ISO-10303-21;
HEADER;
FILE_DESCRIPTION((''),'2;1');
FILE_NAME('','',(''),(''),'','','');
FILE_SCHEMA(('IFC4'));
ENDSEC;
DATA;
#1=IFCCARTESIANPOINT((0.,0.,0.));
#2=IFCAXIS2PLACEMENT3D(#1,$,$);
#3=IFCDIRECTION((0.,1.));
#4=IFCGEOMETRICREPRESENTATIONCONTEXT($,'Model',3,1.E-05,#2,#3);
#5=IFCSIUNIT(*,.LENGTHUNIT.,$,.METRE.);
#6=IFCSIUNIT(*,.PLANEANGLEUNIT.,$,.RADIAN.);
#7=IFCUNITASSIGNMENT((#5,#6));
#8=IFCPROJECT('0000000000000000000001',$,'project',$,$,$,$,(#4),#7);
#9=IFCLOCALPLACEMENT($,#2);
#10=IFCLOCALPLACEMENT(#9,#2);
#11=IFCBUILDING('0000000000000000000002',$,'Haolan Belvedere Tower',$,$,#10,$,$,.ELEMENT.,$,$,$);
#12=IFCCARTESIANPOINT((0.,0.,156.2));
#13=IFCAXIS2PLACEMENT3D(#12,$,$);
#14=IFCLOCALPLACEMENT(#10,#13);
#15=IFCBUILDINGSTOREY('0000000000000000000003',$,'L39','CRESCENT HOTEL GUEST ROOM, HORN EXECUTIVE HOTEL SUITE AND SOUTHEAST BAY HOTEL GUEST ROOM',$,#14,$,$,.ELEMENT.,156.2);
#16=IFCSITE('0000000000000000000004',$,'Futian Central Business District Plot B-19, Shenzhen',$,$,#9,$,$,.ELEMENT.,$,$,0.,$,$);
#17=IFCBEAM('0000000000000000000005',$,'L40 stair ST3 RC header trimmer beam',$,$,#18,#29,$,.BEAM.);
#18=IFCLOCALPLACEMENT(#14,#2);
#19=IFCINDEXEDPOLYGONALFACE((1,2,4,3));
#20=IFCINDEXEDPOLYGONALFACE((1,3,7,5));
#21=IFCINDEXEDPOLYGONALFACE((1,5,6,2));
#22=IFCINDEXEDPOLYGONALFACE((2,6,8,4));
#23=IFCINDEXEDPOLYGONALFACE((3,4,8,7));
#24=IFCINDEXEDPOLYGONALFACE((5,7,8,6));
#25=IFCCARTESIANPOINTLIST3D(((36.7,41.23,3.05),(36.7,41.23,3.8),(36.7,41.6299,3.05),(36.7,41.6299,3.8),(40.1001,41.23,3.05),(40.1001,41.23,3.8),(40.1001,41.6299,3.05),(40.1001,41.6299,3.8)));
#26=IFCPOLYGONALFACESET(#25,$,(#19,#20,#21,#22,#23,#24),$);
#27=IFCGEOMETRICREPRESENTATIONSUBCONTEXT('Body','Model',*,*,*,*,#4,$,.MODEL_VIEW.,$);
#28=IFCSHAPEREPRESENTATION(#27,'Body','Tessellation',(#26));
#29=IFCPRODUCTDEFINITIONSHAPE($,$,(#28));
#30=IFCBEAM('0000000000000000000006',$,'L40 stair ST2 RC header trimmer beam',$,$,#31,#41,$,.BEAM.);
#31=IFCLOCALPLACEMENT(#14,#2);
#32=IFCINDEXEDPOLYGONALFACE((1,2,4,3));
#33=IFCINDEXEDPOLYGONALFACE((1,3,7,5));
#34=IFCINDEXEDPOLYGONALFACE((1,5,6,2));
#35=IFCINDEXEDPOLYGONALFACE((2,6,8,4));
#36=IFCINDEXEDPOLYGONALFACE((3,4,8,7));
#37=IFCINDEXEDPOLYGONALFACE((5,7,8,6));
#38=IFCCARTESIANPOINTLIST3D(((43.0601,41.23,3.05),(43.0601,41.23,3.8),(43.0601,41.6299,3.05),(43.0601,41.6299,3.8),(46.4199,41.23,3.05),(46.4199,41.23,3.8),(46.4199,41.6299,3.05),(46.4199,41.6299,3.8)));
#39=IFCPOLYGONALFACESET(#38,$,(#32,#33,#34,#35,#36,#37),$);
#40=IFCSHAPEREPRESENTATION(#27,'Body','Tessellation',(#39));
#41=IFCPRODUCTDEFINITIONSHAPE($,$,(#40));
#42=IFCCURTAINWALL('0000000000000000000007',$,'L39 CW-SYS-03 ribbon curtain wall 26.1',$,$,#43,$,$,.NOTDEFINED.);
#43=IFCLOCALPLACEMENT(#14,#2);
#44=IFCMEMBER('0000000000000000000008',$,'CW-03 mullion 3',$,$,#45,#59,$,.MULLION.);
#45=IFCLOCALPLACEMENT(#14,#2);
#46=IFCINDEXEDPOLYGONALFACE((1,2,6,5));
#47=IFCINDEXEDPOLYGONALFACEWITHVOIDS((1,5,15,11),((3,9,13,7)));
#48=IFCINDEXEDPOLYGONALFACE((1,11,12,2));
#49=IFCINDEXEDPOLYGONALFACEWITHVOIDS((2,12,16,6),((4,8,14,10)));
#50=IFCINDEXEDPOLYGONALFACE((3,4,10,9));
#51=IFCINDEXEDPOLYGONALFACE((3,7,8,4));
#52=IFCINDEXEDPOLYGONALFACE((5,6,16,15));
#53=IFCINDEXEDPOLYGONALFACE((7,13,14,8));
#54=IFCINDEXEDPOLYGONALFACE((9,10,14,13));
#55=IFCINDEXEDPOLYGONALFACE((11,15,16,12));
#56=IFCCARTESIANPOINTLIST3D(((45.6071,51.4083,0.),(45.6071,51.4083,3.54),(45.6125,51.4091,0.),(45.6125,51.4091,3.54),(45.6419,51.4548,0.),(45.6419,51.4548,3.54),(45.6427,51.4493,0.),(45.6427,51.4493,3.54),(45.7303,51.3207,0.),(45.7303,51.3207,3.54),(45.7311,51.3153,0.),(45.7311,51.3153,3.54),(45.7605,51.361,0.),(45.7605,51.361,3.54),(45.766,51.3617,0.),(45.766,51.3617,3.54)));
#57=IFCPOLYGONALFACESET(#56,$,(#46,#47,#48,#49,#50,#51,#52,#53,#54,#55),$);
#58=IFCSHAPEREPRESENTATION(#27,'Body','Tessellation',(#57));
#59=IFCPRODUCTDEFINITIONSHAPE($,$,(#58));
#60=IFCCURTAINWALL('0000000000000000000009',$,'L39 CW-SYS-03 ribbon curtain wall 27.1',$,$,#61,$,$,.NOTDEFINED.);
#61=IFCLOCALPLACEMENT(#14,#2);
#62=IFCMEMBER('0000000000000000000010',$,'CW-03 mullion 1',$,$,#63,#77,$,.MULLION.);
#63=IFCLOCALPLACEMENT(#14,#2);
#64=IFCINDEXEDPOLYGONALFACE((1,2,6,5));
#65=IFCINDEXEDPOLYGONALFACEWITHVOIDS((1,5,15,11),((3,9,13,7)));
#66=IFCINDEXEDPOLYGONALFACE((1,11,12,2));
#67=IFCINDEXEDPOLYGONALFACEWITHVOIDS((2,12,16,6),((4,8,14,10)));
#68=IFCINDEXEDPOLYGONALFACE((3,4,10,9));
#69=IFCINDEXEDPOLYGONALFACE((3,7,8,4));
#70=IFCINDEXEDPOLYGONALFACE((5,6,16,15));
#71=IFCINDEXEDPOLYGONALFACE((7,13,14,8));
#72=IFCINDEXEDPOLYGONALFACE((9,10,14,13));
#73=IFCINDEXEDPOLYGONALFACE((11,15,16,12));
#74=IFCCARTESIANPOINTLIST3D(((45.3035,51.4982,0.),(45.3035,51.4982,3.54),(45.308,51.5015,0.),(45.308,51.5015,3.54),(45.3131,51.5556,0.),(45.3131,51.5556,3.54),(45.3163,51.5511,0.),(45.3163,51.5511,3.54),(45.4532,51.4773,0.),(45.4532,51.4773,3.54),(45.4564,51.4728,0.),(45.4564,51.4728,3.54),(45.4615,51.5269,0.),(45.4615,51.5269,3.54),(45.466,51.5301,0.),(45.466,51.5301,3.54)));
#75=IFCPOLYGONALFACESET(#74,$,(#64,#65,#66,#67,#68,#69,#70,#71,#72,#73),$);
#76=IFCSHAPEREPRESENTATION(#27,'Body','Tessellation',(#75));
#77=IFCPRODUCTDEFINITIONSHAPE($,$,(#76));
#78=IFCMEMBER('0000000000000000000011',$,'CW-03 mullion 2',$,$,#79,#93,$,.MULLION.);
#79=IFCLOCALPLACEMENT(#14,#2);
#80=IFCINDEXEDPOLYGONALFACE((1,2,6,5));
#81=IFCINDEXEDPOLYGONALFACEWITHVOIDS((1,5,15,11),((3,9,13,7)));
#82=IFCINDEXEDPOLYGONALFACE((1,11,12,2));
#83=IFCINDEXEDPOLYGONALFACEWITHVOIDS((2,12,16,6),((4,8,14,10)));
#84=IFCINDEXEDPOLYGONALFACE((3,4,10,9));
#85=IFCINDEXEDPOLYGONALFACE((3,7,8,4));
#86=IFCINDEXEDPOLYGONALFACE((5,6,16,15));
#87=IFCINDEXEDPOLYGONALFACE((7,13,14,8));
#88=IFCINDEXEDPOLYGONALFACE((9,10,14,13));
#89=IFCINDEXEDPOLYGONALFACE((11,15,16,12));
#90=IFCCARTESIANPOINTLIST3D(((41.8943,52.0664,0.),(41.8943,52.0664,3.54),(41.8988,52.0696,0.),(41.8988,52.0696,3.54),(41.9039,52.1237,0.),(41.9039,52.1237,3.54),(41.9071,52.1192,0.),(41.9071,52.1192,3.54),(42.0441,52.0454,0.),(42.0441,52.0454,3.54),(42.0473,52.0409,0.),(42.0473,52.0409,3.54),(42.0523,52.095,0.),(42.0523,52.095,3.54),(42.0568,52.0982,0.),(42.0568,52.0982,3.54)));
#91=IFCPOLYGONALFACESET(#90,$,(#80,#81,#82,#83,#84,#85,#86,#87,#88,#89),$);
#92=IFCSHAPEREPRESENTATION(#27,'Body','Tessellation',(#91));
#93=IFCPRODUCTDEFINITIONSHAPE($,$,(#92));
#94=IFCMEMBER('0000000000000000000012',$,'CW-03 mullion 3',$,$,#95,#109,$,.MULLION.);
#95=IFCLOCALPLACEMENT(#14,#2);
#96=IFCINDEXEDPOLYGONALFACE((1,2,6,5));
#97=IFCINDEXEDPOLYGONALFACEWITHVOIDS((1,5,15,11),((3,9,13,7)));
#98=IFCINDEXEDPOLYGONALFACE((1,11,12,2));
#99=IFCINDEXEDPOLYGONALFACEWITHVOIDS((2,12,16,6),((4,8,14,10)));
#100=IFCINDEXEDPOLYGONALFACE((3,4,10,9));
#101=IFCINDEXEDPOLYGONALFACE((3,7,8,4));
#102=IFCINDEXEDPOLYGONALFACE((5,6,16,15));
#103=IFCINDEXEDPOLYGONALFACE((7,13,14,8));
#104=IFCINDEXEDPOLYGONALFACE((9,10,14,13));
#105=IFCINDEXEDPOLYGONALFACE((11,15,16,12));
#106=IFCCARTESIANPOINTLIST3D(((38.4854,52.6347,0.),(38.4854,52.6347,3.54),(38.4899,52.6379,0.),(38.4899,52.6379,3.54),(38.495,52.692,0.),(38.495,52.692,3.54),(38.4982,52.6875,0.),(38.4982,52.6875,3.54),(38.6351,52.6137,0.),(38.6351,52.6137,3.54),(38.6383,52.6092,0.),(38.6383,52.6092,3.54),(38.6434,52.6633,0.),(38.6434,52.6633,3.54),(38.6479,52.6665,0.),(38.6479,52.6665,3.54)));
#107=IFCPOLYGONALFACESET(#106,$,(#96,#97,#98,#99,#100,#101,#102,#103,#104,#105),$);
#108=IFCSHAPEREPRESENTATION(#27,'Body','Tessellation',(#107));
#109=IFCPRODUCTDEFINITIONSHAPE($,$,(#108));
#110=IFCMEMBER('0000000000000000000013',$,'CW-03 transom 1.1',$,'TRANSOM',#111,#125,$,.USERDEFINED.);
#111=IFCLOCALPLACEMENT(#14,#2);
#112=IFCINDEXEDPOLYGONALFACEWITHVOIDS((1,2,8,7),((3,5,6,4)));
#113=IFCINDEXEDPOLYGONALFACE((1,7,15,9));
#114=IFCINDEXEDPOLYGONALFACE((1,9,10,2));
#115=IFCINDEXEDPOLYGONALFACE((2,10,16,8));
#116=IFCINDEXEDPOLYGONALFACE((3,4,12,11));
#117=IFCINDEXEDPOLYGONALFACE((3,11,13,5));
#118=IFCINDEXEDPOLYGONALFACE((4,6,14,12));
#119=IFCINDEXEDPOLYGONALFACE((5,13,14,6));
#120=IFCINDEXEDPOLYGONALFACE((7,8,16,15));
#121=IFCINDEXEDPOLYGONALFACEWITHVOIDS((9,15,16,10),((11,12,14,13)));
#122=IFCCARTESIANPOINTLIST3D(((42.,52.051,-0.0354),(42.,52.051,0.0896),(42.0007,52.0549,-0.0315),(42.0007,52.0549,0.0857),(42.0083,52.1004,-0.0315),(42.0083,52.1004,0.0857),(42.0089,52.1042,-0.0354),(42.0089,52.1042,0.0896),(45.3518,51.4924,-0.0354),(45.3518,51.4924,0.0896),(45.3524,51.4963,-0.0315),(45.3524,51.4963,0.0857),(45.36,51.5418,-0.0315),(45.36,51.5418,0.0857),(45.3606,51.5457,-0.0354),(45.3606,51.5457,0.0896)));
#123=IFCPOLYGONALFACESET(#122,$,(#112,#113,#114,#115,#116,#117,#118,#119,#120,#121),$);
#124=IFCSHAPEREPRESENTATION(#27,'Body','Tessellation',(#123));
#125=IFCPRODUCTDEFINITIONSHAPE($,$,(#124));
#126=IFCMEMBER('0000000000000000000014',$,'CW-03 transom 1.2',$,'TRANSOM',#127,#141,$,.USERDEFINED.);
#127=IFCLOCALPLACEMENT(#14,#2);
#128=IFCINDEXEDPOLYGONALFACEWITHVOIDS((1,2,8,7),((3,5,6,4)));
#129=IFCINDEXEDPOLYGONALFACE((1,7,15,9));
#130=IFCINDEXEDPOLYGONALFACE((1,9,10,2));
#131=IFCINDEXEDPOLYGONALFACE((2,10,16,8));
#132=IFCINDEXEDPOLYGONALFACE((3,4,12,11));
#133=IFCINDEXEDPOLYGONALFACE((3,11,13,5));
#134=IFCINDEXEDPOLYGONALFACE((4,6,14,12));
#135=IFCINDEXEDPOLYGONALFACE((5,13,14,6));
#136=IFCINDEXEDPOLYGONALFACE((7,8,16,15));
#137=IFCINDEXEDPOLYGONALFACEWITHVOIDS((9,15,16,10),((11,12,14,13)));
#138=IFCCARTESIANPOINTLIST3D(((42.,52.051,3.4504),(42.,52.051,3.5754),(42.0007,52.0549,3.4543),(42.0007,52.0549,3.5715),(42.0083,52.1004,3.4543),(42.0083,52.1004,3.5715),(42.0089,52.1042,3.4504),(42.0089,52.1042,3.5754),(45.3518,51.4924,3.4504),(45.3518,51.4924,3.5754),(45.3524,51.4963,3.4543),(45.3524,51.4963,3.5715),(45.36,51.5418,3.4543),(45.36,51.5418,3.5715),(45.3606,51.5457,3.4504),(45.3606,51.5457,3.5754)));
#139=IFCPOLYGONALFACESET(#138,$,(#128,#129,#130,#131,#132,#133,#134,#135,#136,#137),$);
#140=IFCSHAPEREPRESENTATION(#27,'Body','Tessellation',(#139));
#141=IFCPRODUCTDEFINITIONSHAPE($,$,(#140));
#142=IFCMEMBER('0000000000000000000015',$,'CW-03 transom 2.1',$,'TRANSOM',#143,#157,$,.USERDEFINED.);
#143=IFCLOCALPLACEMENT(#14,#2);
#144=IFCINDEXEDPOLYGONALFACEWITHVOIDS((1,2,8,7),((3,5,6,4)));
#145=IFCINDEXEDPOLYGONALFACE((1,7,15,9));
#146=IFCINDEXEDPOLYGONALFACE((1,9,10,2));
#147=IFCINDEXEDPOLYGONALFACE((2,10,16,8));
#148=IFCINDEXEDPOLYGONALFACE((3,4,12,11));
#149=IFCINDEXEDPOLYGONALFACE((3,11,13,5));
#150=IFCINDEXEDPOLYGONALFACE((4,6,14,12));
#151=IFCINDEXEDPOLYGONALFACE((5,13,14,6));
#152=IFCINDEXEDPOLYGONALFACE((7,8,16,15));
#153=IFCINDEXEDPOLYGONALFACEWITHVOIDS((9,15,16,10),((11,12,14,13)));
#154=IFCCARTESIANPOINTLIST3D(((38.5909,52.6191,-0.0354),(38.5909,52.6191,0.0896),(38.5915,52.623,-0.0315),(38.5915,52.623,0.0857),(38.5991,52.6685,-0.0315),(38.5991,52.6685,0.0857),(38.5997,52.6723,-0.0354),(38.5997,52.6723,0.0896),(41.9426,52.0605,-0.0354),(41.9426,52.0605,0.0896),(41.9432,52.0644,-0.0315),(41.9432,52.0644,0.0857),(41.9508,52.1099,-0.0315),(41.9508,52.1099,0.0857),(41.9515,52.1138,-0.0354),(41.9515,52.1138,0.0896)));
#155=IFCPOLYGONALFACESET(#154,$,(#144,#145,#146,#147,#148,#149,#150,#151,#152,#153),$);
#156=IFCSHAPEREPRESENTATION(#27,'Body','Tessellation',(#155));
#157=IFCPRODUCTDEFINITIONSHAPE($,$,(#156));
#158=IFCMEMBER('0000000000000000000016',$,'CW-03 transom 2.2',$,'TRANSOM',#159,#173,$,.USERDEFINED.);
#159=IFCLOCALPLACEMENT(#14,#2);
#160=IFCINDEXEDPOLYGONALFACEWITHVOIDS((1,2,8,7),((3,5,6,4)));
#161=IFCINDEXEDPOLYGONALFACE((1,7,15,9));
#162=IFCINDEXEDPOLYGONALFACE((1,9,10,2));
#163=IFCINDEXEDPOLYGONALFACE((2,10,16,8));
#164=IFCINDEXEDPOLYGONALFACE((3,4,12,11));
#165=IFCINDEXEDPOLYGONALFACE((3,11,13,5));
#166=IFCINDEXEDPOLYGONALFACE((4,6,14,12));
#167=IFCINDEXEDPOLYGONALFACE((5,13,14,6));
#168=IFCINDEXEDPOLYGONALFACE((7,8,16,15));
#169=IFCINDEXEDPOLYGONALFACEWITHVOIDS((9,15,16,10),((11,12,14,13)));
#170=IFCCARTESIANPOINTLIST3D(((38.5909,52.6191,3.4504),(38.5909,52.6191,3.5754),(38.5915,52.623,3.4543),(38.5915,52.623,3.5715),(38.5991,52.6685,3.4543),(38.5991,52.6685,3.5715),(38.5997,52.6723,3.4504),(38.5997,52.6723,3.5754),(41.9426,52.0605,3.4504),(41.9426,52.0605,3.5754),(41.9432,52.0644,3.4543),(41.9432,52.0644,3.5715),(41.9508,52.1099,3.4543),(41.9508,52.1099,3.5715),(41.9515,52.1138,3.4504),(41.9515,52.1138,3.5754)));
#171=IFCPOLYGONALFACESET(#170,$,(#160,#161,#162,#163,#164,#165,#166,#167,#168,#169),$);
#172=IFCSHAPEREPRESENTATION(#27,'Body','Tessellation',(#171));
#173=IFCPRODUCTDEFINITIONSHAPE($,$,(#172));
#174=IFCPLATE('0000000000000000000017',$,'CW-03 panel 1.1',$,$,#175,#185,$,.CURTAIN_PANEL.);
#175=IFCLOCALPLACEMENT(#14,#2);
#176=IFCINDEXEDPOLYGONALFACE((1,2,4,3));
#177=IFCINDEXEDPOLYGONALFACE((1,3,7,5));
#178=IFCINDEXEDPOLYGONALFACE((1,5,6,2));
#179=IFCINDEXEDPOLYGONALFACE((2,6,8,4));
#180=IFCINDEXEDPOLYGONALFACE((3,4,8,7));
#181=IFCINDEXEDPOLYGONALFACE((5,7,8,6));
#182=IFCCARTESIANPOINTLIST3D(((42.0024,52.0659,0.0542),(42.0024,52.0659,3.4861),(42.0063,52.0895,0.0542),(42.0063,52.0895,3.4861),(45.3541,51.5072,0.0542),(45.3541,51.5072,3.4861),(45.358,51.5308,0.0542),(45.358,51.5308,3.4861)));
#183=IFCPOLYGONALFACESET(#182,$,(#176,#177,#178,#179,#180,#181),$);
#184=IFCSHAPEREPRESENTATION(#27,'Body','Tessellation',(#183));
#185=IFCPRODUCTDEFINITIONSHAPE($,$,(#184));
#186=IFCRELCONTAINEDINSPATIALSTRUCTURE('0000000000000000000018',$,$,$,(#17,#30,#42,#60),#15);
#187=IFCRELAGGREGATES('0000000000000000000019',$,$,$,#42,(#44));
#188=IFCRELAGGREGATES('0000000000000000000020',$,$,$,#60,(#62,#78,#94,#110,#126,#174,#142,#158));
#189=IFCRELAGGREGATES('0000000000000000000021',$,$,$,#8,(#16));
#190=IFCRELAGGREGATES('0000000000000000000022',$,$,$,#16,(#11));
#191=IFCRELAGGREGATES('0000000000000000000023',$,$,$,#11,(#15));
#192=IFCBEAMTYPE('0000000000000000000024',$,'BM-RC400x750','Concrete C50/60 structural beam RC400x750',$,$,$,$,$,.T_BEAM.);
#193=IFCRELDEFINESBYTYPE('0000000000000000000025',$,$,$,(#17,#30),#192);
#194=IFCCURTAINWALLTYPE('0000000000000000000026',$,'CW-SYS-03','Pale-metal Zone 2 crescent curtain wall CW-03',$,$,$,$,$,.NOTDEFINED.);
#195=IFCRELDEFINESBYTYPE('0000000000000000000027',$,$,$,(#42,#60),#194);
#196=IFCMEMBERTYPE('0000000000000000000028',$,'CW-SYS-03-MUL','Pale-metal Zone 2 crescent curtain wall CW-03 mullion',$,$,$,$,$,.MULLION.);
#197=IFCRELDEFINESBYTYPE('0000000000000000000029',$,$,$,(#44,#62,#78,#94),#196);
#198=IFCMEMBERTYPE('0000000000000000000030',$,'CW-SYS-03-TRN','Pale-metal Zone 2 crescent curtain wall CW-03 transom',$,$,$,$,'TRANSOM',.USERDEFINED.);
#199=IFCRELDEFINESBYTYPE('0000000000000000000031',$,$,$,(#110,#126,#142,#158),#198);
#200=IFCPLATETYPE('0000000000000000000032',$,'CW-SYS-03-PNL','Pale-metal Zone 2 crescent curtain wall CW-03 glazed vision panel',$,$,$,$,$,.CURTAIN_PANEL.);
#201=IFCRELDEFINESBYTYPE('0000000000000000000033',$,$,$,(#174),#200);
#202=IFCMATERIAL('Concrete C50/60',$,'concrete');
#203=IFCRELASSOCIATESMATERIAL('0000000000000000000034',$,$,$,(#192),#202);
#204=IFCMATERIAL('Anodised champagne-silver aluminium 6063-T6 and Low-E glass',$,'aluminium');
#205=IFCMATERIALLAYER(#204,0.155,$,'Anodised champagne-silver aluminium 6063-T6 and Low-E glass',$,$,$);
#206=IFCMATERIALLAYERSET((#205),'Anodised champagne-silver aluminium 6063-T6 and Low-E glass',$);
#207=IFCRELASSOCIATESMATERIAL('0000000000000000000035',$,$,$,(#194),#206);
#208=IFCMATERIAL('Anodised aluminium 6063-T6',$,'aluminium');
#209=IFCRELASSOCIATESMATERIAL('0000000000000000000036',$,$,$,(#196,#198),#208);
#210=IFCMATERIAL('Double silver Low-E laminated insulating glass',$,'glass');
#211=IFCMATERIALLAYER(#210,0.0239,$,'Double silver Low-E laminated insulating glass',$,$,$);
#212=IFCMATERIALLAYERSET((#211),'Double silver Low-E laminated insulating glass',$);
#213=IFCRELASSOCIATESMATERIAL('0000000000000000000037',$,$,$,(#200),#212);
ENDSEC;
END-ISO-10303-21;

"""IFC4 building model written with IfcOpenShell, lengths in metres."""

from ifc_helpers import new_model, si_unit, direction, frame, origin, origin_2d, place, context, subcontext, project, spatial, rectangle, hollow_rectangle, extrude, material, layer, layer_set, material_profile, profile_set, type_object, element, aggregate, save


model = new_model("IFC4")

# Units and contexts
model_context = context("Model", 3, precision=1e-05, world=origin(), true_north=direction((0.0, 1.0)))
body_context = subcontext(model_context, "Body", "Model", "MODEL_VIEW")
ifc_project = project(units=[si_unit("LENGTHUNIT", "METRE"), si_unit("PLANEANGLEUNIT", "RADIAN")], contexts=[model_context])

# Site, building, storey
site_placement = place(None, origin())
site = spatial("IfcSite", under=ifc_project, at=site_placement, Name="Futian Central Business District Plot B-19, Shenzhen", CompositionType="ELEMENT", RefElevation=0.0)
building_placement = place(site_placement, origin())
building = spatial("IfcBuilding", under=site, at=building_placement, Name="Haolan Belvedere Tower", CompositionType="ELEMENT")
storey_placement = place(building_placement, frame((0.0, 0.0, 156.2)))
storey = spatial("IfcBuildingStorey", under=building, at=storey_placement, Name="L39", Description="CRESCENT HOTEL GUEST ROOM, HORN EXECUTIVE HOTEL SUITE AND SOUTHEAST BAY HOTEL GUEST ROOM", CompositionType="ELEMENT", Elevation=156.2)

# Beams
ifc_material_1 = material(Name="Concrete C50/60", Category="concrete")
ifc_material_profile_1 = material_profile(ifc_material_1, rectangle(XDim=0.3999, YDim=0.75, at=origin_2d()), Name="Concrete C50/60")
ifc_profile_set_1 = profile_set([ifc_material_profile_1], Name="Concrete C50/60")
beam_type_1 = type_object("IfcBeamType", Name="BM-RC400x750", Description="Concrete C50/60 structural beam RC400x750", PredefinedType="T_BEAM", material=ifc_profile_set_1)
beam_1_placement = place(storey_placement, frame((36.7, 41.4299, 3.425), z_axis=(1.0, 0.0, 0.0), x_axis=(0.0, 1.0, 0.0)))
element("IfcBeam", 1, at=beam_1_placement, inside=storey, type_object=beam_type_1, Name="L40 stair ST3 RC header trimmer beam", PredefinedType="BEAM", context=body_context, shape_type="SweptSolid", body=[
    extrude(rectangle(XDim=0.3999, YDim=0.75, at=origin_2d()), origin(), (0.0, 0.0, 1.0), 3.4001),
])
beam_2_placement = place(storey_placement, frame((43.0601, 41.4299, 3.425), z_axis=(1.0, 0.0, 0.0), x_axis=(0.0, 1.0, 0.0)))
element("IfcBeam", 2, at=beam_2_placement, inside=storey, type_object=beam_type_1, Name="L40 stair ST2 RC header trimmer beam", PredefinedType="BEAM", context=body_context, shape_type="SweptSolid", body=[
    extrude(rectangle(XDim=0.3999, YDim=0.75, at=origin_2d()), origin(), (0.0, 0.0, 1.0), 3.3599),
])

# Curtain wall, member
ifc_material_2 = material(Name="Anodised champagne-silver aluminium 6063-T6 and Low-E glass", Category="aluminium")
ifc_layer_1 = layer(ifc_material_2, 0.155, Name="Anodised champagne-silver aluminium 6063-T6 and Low-E glass")
ifc_layer_set_1 = layer_set([ifc_layer_1], Name="Anodised champagne-silver aluminium 6063-T6 and Low-E glass")
curtain_wall_type = type_object("IfcCurtainWallType", Name="CW-SYS-03", Description="Pale-metal Zone 2 crescent curtain wall CW-03", PredefinedType="NOTDEFINED", material=ifc_layer_set_1)
curtain_wall_1_placement = place(storey_placement, origin())
curtain_wall_1 = element("IfcCurtainWall", 3, at=curtain_wall_1_placement, inside=storey, type_object=curtain_wall_type, Name="L39 CW-SYS-03 ribbon curtain wall 26.1", PredefinedType="NOTDEFINED")
ifc_material_3 = material(Name="Anodised aluminium 6063-T6", Category="aluminium")
ifc_material_profile_2 = material_profile(ifc_material_3, hollow_rectangle(XDim=0.0581, YDim=0.155, WallThickness=0.0039, at=origin_2d()), Name="Anodised aluminium 6063-T6")
ifc_profile_set_2 = profile_set([ifc_material_profile_2], Name="Anodised aluminium 6063-T6")
member_type_1 = type_object("IfcMemberType", Name="CW-SYS-03-MUL", Description="Pale-metal Zone 2 crescent curtain wall CW-03 mullion", PredefinedType="MULLION", material=ifc_profile_set_2)
member_1_placement = place(storey_placement, frame((45.6865, 51.385, 0.0), z_axis=(0.0, 0.0, 1.0), x_axis=(-0.599994, -0.800004, 0.0)))
member_1 = element("IfcMember", 4, at=member_1_placement, type_object=member_type_1, Name="CW-03 mullion 3", PredefinedType="MULLION", context=body_context, shape_type="SweptSolid", body=[
    extrude(hollow_rectangle(XDim=0.0581, YDim=0.155, WallThickness=0.0039, at=origin_2d()), origin(), (0.0, 0.0, 1.0), 3.54),
])
aggregate(curtain_wall_1, [member_1])

# Curtain wall, members, plate
curtain_wall_2_placement = place(storey_placement, origin())
curtain_wall_2 = element("IfcCurtainWall", 5, at=curtain_wall_2_placement, inside=storey, type_object=curtain_wall_type, Name="L39 CW-SYS-03 ribbon curtain wall 27.1", PredefinedType="NOTDEFINED")
member_2_placement = place(storey_placement, frame((45.3848, 51.5142, 0.0), z_axis=(0.0, 0.0, 1.0), x_axis=(-0.164404, -0.986393, 0.0)))
member_2 = element("IfcMember", 6, at=member_2_placement, type_object=member_type_1, Name="CW-03 mullion 1", PredefinedType="MULLION", context=body_context, shape_type="SweptSolid", body=[
    extrude(hollow_rectangle(XDim=0.0581, YDim=0.155, WallThickness=0.0039, at=origin_2d()), origin(), (0.0, 0.0, 1.0), 3.54),
])
member_3_placement = place(storey_placement, frame((41.9756, 52.0823, 0.0), z_axis=(0.0, 0.0, 1.0), x_axis=(-0.164404, -0.986393, 0.0)))
member_3 = element("IfcMember", 7, at=member_3_placement, type_object=member_type_1, Name="CW-03 mullion 2", PredefinedType="MULLION", context=body_context, shape_type="SweptSolid", body=[
    extrude(hollow_rectangle(XDim=0.0581, YDim=0.155, WallThickness=0.0039, at=origin_2d()), origin(), (0.0, 0.0, 1.0), 3.54),
])
member_4_placement = place(storey_placement, frame((38.5667, 52.6506, 0.0), z_axis=(0.0, 0.0, 1.0), x_axis=(-0.164404, -0.986393, 0.0)))
member_4 = element("IfcMember", 8, at=member_4_placement, type_object=member_type_1, Name="CW-03 mullion 3", PredefinedType="MULLION", context=body_context, shape_type="SweptSolid", body=[
    extrude(hollow_rectangle(XDim=0.0581, YDim=0.155, WallThickness=0.0039, at=origin_2d()), origin(), (0.0, 0.0, 1.0), 3.54),
])
ifc_material_profile_3 = material_profile(ifc_material_3, hollow_rectangle(XDim=0.054, YDim=0.125, WallThickness=0.0039, at=origin_2d()), Name="Anodised aluminium 6063-T6")
ifc_profile_set_3 = profile_set([ifc_material_profile_3], Name="Anodised aluminium 6063-T6")
member_type_2 = type_object("IfcMemberType", Name="CW-SYS-03-TRN", Description="Pale-metal Zone 2 crescent curtain wall CW-03 transom", ElementType="TRANSOM", PredefinedType="USERDEFINED", material=ifc_profile_set_3)
member_5_placement = place(storey_placement, frame((45.3562, 51.519, 0.0271), z_axis=(-0.986396, 0.164387, 0.0), x_axis=(-0.164387, -0.986396, 0.0)))
member_5 = element("IfcMember", 9, at=member_5_placement, type_object=member_type_2, Name="CW-03 transom 1.1", ObjectType="TRANSOM", PredefinedType="USERDEFINED", context=body_context, shape_type="SweptSolid", body=[
    extrude(hollow_rectangle(XDim=0.054, YDim=0.125, WallThickness=0.0039, at=origin_2d()), origin(), (0.0, 0.0, 1.0), 3.3979),
])
member_6_placement = place(storey_placement, frame((45.3562, 51.519, 3.5129), z_axis=(-0.986396, 0.164387, 0.0), x_axis=(-0.164387, -0.986396, 0.0)))
member_6 = element("IfcMember", 10, at=member_6_placement, type_object=member_type_2, Name="CW-03 transom 1.2", ObjectType="TRANSOM", PredefinedType="USERDEFINED", context=body_context, shape_type="SweptSolid", body=[
    extrude(hollow_rectangle(XDim=0.054, YDim=0.125, WallThickness=0.0039, at=origin_2d()), origin(), (0.0, 0.0, 1.0), 3.3979),
])
member_7_placement = place(storey_placement, frame((41.947, 52.0872, 0.0271), z_axis=(-0.986396, 0.164387, 0.0), x_axis=(-0.164387, -0.986396, 0.0)))
member_7 = element("IfcMember", 11, at=member_7_placement, type_object=member_type_2, Name="CW-03 transom 2.1", ObjectType="TRANSOM", PredefinedType="USERDEFINED", context=body_context, shape_type="SweptSolid", body=[
    extrude(hollow_rectangle(XDim=0.054, YDim=0.125, WallThickness=0.0039, at=origin_2d()), origin(), (0.0, 0.0, 1.0), 3.3979),
])
member_8_placement = place(storey_placement, frame((41.947, 52.0872, 3.5129), z_axis=(-0.986396, 0.164387, 0.0), x_axis=(-0.164387, -0.986396, 0.0)))
member_8 = element("IfcMember", 12, at=member_8_placement, type_object=member_type_2, Name="CW-03 transom 2.2", ObjectType="TRANSOM", PredefinedType="USERDEFINED", context=body_context, shape_type="SweptSolid", body=[
    extrude(hollow_rectangle(XDim=0.054, YDim=0.125, WallThickness=0.0039, at=origin_2d()), origin(), (0.0, 0.0, 1.0), 3.3979),
])
ifc_material_4 = material(Name="Double silver Low-E laminated insulating glass", Category="glass")
ifc_layer_2 = layer(ifc_material_4, 0.0239, Name="Double silver Low-E laminated insulating glass")
ifc_layer_set_2 = layer_set([ifc_layer_2], Name="Double silver Low-E laminated insulating glass")
plate_type = type_object("IfcPlateType", Name="CW-SYS-03-PNL", Description="Pale-metal Zone 2 crescent curtain wall CW-03 glazed vision panel", PredefinedType="CURTAIN_PANEL", material=ifc_layer_set_2)
plate_1_placement = place(storey_placement, frame((43.6802, 51.7983, 0.0542), z_axis=(0.0, 0.0, 1.0), x_axis=(-0.986393, 0.164404, 0.0)))
plate_1 = element("IfcPlate", 13, at=plate_1_placement, type_object=plate_type, Name="CW-03 panel 1.1", PredefinedType="CURTAIN_PANEL", context=body_context, shape_type="SweptSolid", body=[
    extrude(rectangle(XDim=3.3979, YDim=0.0239, at=origin_2d()), origin(), (0.0, 0.0, 1.0), 3.4319),
])
aggregate(curtain_wall_2, [member_2, member_3, member_4, member_5, member_6, plate_1, member_7, member_8])

save(model, "model.ifc")
